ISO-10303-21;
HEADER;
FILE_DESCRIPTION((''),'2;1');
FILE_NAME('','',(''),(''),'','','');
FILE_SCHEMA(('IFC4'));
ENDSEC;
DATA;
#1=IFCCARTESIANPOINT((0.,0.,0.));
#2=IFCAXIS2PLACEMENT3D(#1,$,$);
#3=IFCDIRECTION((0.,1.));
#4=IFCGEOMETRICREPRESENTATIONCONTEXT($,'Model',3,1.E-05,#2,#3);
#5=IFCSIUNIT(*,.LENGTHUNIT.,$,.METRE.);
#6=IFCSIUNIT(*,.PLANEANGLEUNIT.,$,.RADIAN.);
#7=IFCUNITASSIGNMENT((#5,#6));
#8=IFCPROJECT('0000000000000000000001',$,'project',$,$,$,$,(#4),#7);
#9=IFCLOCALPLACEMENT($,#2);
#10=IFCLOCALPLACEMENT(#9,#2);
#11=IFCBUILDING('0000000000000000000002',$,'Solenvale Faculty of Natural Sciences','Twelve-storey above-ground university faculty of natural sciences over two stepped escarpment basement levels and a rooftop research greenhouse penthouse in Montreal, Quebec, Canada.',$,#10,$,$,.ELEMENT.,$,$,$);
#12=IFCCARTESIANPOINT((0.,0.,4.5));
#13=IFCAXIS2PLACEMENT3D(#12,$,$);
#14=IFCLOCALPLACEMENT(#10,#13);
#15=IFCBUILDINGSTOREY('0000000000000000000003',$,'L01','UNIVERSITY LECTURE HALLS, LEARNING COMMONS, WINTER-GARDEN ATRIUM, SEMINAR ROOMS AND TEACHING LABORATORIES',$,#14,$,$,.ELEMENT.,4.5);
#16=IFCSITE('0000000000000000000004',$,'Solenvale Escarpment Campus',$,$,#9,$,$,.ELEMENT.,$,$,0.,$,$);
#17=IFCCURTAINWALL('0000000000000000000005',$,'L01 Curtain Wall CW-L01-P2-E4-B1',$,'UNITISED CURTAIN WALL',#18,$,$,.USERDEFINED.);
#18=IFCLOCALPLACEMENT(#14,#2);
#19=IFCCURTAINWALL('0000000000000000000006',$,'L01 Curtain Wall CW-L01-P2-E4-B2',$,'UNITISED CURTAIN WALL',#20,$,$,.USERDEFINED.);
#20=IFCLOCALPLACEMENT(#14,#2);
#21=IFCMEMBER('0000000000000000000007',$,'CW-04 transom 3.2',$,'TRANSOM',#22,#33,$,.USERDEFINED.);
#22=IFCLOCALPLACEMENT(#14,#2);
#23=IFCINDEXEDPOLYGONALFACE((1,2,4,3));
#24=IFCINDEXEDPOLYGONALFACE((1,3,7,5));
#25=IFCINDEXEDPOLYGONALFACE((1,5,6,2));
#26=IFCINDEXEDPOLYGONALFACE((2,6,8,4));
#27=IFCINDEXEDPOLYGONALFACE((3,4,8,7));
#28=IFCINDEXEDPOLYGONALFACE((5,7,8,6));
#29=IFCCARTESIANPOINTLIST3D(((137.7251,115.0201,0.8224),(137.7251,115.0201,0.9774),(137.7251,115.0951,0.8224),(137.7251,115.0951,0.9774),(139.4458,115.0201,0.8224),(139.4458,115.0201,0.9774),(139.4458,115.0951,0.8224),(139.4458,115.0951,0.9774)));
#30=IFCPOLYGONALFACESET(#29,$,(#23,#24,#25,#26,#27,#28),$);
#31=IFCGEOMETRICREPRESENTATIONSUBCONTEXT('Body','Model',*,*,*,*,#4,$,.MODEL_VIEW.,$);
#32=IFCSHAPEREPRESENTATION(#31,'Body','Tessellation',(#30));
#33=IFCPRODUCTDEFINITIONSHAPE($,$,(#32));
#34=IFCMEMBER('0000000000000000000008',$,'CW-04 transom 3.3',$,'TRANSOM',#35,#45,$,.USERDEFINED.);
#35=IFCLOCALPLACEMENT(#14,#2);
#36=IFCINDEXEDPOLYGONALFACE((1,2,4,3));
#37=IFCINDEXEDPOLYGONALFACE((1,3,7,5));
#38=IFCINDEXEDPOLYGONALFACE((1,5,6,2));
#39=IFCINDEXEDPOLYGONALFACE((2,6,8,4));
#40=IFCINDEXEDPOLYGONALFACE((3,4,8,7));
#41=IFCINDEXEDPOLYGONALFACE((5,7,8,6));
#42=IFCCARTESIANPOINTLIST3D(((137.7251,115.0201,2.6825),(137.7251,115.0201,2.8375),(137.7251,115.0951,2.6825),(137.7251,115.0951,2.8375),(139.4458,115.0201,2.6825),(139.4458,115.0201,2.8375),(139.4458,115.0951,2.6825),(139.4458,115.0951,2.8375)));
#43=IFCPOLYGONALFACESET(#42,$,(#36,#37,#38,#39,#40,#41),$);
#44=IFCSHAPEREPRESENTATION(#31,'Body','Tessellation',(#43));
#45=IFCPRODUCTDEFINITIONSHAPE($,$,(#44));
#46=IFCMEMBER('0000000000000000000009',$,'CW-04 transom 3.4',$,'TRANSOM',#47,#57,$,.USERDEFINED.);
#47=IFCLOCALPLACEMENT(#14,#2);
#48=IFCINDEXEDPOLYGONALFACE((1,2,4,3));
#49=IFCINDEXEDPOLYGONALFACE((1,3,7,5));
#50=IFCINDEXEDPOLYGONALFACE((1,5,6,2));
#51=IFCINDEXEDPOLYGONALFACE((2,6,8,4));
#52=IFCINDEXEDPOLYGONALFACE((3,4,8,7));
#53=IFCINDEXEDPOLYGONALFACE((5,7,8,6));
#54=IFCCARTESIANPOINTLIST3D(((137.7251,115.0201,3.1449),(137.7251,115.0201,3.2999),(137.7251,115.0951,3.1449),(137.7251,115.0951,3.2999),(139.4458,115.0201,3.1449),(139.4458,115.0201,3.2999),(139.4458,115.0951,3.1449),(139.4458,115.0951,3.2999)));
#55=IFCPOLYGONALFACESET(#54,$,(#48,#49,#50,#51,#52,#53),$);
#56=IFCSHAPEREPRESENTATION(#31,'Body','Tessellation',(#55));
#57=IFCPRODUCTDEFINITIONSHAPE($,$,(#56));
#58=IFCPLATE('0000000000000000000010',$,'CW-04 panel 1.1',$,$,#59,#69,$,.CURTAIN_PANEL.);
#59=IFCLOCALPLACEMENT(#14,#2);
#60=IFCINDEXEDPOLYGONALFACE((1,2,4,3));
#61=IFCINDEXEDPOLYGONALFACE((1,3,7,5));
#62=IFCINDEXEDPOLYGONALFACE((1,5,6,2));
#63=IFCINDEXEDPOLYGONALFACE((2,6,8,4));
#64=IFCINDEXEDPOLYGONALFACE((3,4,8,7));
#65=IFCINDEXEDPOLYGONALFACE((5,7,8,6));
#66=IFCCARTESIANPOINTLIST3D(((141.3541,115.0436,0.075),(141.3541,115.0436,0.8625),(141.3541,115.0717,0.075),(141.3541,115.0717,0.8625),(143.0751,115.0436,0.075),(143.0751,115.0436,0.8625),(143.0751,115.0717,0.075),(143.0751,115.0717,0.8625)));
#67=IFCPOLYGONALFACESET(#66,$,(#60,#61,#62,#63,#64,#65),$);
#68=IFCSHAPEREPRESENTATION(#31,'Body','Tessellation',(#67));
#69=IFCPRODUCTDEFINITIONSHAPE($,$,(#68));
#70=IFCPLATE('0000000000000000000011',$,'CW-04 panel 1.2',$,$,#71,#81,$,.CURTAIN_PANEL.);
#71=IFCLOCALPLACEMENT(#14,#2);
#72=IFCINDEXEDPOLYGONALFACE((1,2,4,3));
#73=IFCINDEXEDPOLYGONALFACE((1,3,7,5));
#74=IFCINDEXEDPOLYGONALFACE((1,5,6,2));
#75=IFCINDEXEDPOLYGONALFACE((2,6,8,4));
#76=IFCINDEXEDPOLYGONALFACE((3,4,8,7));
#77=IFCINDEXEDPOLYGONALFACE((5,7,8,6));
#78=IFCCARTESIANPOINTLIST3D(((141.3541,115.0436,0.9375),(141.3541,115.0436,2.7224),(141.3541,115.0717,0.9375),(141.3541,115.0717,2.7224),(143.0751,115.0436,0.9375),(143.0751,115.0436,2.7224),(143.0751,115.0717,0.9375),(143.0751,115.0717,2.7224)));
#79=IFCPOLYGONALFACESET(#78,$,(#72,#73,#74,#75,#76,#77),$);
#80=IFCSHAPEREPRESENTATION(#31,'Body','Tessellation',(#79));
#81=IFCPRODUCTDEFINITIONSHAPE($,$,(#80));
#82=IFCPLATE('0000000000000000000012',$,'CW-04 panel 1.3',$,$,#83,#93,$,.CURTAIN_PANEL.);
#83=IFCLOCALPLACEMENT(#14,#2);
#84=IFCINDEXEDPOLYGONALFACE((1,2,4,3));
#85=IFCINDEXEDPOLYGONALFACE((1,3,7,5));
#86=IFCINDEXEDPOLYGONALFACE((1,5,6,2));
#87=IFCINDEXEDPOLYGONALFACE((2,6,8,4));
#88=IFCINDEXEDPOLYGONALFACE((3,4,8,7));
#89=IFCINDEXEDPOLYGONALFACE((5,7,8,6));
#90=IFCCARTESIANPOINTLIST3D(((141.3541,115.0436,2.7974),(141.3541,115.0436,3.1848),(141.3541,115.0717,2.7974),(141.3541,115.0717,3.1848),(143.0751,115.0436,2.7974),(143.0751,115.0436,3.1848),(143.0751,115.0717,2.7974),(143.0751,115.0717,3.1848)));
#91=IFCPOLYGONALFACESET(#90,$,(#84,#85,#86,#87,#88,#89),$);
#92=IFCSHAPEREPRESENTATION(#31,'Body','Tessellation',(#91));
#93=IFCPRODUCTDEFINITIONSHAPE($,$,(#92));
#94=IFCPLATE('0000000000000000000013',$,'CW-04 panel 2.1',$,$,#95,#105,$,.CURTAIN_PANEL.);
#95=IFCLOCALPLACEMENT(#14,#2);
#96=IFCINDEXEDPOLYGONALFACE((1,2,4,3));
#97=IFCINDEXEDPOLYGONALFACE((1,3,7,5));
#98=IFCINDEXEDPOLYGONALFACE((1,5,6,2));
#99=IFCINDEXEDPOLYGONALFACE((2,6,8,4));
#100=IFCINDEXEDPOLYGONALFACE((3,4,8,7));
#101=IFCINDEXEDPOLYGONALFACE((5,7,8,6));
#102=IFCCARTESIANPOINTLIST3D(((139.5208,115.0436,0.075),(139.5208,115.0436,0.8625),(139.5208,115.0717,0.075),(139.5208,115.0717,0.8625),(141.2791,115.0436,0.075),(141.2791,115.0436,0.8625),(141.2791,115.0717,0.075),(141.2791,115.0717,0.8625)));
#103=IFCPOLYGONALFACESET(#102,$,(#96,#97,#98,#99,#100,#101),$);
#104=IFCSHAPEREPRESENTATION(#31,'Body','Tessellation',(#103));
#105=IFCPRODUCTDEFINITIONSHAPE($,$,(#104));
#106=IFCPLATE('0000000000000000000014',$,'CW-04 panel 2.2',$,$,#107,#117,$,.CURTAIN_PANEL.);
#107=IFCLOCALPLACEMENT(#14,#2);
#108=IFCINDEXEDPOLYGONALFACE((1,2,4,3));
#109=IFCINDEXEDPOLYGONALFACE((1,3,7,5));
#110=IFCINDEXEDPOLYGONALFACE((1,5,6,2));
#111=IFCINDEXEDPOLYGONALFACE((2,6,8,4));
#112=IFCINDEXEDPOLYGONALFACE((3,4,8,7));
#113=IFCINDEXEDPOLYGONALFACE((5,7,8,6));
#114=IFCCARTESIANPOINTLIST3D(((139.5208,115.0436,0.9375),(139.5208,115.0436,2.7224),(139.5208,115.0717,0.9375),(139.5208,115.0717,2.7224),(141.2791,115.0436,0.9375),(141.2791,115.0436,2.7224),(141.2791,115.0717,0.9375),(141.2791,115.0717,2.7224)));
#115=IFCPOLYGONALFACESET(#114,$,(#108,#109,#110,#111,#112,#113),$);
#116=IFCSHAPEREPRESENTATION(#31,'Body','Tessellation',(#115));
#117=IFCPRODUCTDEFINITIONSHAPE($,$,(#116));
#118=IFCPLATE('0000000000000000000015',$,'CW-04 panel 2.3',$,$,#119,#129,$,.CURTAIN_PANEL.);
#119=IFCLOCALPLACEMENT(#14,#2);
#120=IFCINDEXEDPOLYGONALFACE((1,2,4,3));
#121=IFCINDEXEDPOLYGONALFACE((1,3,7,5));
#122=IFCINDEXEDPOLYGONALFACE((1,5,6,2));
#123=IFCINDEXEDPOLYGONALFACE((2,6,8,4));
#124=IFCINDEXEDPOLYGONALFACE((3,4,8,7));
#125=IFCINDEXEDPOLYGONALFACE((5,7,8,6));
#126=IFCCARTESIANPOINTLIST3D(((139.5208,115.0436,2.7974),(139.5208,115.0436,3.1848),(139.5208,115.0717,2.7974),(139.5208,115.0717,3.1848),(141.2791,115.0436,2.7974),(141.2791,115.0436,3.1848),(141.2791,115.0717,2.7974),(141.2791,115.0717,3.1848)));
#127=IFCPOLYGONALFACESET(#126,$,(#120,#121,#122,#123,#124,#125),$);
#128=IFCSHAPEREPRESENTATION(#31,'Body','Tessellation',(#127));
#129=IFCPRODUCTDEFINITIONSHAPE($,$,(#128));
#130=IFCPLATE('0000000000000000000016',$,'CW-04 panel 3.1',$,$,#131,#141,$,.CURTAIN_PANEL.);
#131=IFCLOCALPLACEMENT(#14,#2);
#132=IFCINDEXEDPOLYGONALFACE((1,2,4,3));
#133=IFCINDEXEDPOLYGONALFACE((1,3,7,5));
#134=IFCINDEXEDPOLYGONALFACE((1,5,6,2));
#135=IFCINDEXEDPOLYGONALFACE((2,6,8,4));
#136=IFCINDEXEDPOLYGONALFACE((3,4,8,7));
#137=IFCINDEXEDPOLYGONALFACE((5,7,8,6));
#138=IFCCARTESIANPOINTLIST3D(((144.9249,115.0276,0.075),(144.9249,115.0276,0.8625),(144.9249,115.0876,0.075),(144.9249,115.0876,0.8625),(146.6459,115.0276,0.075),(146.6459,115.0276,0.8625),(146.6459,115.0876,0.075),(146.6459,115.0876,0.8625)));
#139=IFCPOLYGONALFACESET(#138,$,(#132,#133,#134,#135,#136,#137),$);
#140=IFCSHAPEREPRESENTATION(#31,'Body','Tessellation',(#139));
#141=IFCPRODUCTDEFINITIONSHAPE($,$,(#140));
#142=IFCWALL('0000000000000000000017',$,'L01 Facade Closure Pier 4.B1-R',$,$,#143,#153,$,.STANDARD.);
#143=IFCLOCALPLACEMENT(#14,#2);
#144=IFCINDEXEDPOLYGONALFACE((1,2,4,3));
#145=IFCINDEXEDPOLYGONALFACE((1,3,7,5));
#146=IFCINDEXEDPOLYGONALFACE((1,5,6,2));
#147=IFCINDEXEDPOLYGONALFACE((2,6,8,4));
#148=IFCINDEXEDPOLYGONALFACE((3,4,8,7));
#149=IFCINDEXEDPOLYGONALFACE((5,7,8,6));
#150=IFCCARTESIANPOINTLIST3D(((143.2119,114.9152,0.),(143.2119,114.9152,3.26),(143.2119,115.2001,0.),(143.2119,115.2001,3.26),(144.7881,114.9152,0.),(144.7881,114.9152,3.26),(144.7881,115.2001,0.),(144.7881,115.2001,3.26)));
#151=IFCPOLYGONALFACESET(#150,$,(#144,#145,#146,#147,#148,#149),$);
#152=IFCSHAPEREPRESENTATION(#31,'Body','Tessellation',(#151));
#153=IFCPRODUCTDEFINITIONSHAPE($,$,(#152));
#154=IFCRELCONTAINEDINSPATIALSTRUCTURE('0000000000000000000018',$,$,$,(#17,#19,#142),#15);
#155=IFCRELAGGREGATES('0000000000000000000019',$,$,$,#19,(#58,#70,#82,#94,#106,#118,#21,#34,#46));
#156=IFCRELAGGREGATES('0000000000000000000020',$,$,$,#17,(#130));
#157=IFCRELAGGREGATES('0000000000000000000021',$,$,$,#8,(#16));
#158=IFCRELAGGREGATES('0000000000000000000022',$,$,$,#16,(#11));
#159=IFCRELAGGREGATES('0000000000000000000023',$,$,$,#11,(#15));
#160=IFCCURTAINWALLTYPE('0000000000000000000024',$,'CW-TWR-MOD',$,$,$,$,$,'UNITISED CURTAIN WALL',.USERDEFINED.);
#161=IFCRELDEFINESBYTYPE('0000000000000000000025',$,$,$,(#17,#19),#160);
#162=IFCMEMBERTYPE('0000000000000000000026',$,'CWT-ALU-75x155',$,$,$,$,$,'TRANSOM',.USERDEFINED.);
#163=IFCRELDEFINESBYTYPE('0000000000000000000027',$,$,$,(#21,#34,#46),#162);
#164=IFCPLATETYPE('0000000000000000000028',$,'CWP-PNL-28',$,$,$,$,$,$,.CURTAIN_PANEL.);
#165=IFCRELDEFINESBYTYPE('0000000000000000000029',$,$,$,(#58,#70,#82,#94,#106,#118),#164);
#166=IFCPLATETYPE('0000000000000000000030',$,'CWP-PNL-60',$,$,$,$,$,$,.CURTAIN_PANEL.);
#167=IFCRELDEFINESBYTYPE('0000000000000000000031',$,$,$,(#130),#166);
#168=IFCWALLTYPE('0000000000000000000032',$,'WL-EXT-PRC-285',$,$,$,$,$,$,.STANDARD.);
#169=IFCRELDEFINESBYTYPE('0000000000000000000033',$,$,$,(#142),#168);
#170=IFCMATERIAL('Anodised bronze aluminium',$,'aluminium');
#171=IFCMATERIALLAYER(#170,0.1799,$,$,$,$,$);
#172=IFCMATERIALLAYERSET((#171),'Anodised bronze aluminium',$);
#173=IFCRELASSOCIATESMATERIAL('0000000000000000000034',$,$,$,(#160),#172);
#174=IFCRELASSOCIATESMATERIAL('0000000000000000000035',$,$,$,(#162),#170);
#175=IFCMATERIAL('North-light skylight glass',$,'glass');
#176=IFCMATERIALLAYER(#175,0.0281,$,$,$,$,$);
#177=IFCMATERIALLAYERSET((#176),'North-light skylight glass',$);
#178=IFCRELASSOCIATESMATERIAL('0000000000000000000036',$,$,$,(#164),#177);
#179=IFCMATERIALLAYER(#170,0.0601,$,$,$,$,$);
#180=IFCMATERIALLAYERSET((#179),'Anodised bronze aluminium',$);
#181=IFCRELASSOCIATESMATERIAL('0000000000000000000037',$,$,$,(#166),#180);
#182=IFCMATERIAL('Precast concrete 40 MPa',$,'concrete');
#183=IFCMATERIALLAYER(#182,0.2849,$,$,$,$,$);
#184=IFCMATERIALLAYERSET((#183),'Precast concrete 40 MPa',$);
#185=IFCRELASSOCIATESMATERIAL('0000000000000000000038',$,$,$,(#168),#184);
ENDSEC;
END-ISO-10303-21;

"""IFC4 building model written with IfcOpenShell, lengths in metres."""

from ifc_helpers import new_model, si_unit, direction, frame, frame_2d, origin, origin_2d, place, context, subcontext, project, spatial, rectangle, extrude, material, layer, layer_set, material_profile, profile_set, type_object, element, aggregate, save


model = new_model("IFC4")

# Units and contexts
model_context = context("Model", 3, precision=1e-05, world=origin(), true_north=direction((0.0, 1.0)))
body_context = subcontext(model_context, "Body", "Model", "MODEL_VIEW")
ifc_project = project(units=[si_unit("LENGTHUNIT", "METRE"), si_unit("PLANEANGLEUNIT", "RADIAN")], contexts=[model_context])

# Site, building, storey
site_placement = place(None, origin())
site = spatial("IfcSite", under=ifc_project, at=site_placement, Name="Solenvale Escarpment Campus", CompositionType="ELEMENT", RefElevation=0.0)
building_placement = place(site_placement, origin())
building = spatial("IfcBuilding", under=site, at=building_placement, Name="Solenvale Faculty of Natural Sciences", Description="Twelve-storey above-ground university faculty of natural sciences over two stepped escarpment basement levels and a rooftop research greenhouse penthouse in Montreal, Quebec, Canada.", CompositionType="ELEMENT")
storey_placement = place(building_placement, frame((0.0, 0.0, 4.5)))
storey = spatial("IfcBuildingStorey", under=building, at=storey_placement, Name="L01", Description="UNIVERSITY LECTURE HALLS, LEARNING COMMONS, WINTER-GARDEN ATRIUM, SEMINAR ROOMS AND TEACHING LABORATORIES", CompositionType="ELEMENT", Elevation=4.5)

# Shared definitions
ifc_material_1 = material(Name="Precast concrete 40 MPa", Category="concrete")

# Curtain wall
ifc_material_2 = material(Name="Anodised bronze aluminium", Category="aluminium")
ifc_layer_1 = layer(ifc_material_2, 0.1799)
ifc_layer_set_1 = layer_set([ifc_layer_1], Name="Anodised bronze aluminium")
curtain_wall_type = type_object("IfcCurtainWallType", Name="CW-TWR-MOD", ElementType="UNITISED CURTAIN WALL", PredefinedType="USERDEFINED", material=ifc_layer_set_1)
curtain_wall_1_placement = place(storey_placement, origin())
curtain_wall_1 = element("IfcCurtainWall", 1, at=curtain_wall_1_placement, inside=storey, type_object=curtain_wall_type, Name="L01 Curtain Wall CW-L01-P2-E4-B1", ObjectType="UNITISED CURTAIN WALL", PredefinedType="USERDEFINED")

# Curtain wall, members, plates
curtain_wall_2_placement = place(storey_placement, origin())
curtain_wall_2 = element("IfcCurtainWall", 2, at=curtain_wall_2_placement, inside=storey, type_object=curtain_wall_type, Name="L01 Curtain Wall CW-L01-P2-E4-B2", ObjectType="UNITISED CURTAIN WALL", PredefinedType="USERDEFINED")
ifc_material_profile_1 = material_profile(ifc_material_2, rectangle(XDim=0.075, YDim=0.155, at=origin_2d()), Name="ALU-TRN-75x155")
ifc_profile_set_1 = profile_set([ifc_material_profile_1], Name="Anodised bronze aluminium")
member_type_1 = type_object("IfcMemberType", Name="CWT-ALU-75x155", ElementType="TRANSOM", PredefinedType="USERDEFINED", material=ifc_profile_set_1)
member_1_placement = place(storey_placement, frame((139.4458, 115.0576, 0.8999), z_axis=(-1.0, 0.0, 0.0), x_axis=(0.0, -1.0, 0.0)))
member_1 = element("IfcMember", 3, at=member_1_placement, type_object=member_type_1, Name="CW-04 transom 3.2", ObjectType="TRANSOM", PredefinedType="USERDEFINED", context=body_context, shape_type="SweptSolid", body=[
    extrude(rectangle(XDim=0.075, YDim=0.155, at=origin_2d()), origin(), (0.0, 0.0, 1.0), 1.7207),
])
member_2_placement = place(storey_placement, frame((139.4458, 115.0576, 2.76), z_axis=(-1.0, 0.0, 0.0), x_axis=(0.0, -1.0, 0.0)))
member_2 = element("IfcMember", 4, at=member_2_placement, type_object=member_type_1, Name="CW-04 transom 3.3", ObjectType="TRANSOM", PredefinedType="USERDEFINED", context=body_context, shape_type="SweptSolid", body=[
    extrude(rectangle(XDim=0.075, YDim=0.155, at=origin_2d()), origin(), (0.0, 0.0, 1.0), 1.7207),
])
member_3_placement = place(storey_placement, frame((139.4458, 115.0576, 3.2224), z_axis=(-1.0, 0.0, 0.0), x_axis=(0.0, -1.0, 0.0)))
member_3 = element("IfcMember", 5, at=member_3_placement, type_object=member_type_1, Name="CW-04 transom 3.4", ObjectType="TRANSOM", PredefinedType="USERDEFINED", context=body_context, shape_type="SweptSolid", body=[
    extrude(rectangle(XDim=0.075, YDim=0.155, at=origin_2d()), origin(), (0.0, 0.0, 1.0), 1.7207),
])
ifc_material_3 = material(Name="North-light skylight glass", Category="glass")
ifc_layer_2 = layer(ifc_material_3, 0.0281)
ifc_layer_set_2 = layer_set([ifc_layer_2], Name="North-light skylight glass")
plate_type_1 = type_object("IfcPlateType", Name="CWP-PNL-28", PredefinedType="CURTAIN_PANEL", material=ifc_layer_set_2)
plate_1_placement = place(storey_placement, frame((142.2146, 115.0576, 0.075), z_axis=(0.0, 0.0, 1.0), x_axis=(-1.0, 0.0, 0.0)))
plate_1 = element("IfcPlate", 6, at=plate_1_placement, type_object=plate_type_1, Name="CW-04 panel 1.1", PredefinedType="CURTAIN_PANEL", context=body_context, shape_type="SweptSolid", body=[
    extrude(rectangle(XDim=1.7209, YDim=0.0281, at=origin_2d()), origin(), (0.0, 0.0, 1.0), 0.7876),
])
plate_2_placement = place(storey_placement, frame((142.2146, 115.0576, 0.9375), z_axis=(0.0, 0.0, 1.0), x_axis=(-1.0, 0.0, 0.0)))
plate_2 = element("IfcPlate", 7, at=plate_2_placement, type_object=plate_type_1, Name="CW-04 panel 1.2", PredefinedType="CURTAIN_PANEL", context=body_context, shape_type="SweptSolid", body=[
    extrude(rectangle(XDim=1.7209, YDim=0.0281, at=origin_2d()), origin(), (0.0, 0.0, 1.0), 1.7849),
])
plate_3_placement = place(storey_placement, frame((142.2146, 115.0576, 2.7974), z_axis=(0.0, 0.0, 1.0), x_axis=(-1.0, 0.0, 0.0)))
plate_3 = element("IfcPlate", 8, at=plate_3_placement, type_object=plate_type_1, Name="CW-04 panel 1.3", PredefinedType="CURTAIN_PANEL", context=body_context, shape_type="SweptSolid", body=[
    extrude(rectangle(XDim=1.7209, YDim=0.0281, at=origin_2d()), origin(), (0.0, 0.0, 1.0), 0.3875),
])
plate_4_placement = place(storey_placement, frame((140.3999, 115.0576, 0.075), z_axis=(0.0, 0.0, 1.0), x_axis=(-1.0, 0.0, 0.0)))
plate_4 = element("IfcPlate", 9, at=plate_4_placement, type_object=plate_type_1, Name="CW-04 panel 2.1", PredefinedType="CURTAIN_PANEL", context=body_context, shape_type="SweptSolid", body=[
    extrude(rectangle(XDim=1.7583, YDim=0.0281, at=origin_2d()), origin(), (0.0, 0.0, 1.0), 0.7876),
])
plate_5_placement = place(storey_placement, frame((140.3999, 115.0576, 0.9375), z_axis=(0.0, 0.0, 1.0), x_axis=(-1.0, 0.0, 0.0)))
plate_5 = element("IfcPlate", 10, at=plate_5_placement, type_object=plate_type_1, Name="CW-04 panel 2.2", PredefinedType="CURTAIN_PANEL", context=body_context, shape_type="SweptSolid", body=[
    extrude(rectangle(XDim=1.7583, YDim=0.0281, at=origin_2d()), origin(), (0.0, 0.0, 1.0), 1.7849),
])
plate_6_placement = place(storey_placement, frame((140.3999, 115.0576, 2.7974), z_axis=(0.0, 0.0, 1.0), x_axis=(-1.0, 0.0, 0.0)))
plate_6 = element("IfcPlate", 11, at=plate_6_placement, type_object=plate_type_1, Name="CW-04 panel 2.3", PredefinedType="CURTAIN_PANEL", context=body_context, shape_type="SweptSolid", body=[
    extrude(rectangle(XDim=1.7583, YDim=0.0281, at=origin_2d()), origin(), (0.0, 0.0, 1.0), 0.3875),
])
aggregate(curtain_wall_2, [plate_1, plate_2, plate_3, plate_4, plate_5, plate_6, member_1, member_2, member_3])

# Plate
ifc_layer_3 = layer(ifc_material_2, 0.0601)
ifc_layer_set_3 = layer_set([ifc_layer_3], Name="Anodised bronze aluminium")
plate_type_2 = type_object("IfcPlateType", Name="CWP-PNL-60", PredefinedType="CURTAIN_PANEL", material=ifc_layer_set_3)
plate_7_placement = place(storey_placement, frame((145.7854, 115.0576, 0.075), z_axis=(0.0, 0.0, 1.0), x_axis=(-1.0, 0.0, 0.0)))
plate_7 = element("IfcPlate", 12, at=plate_7_placement, type_object=plate_type_2, Name="CW-04 panel 3.1", PredefinedType="CURTAIN_PANEL", context=body_context, shape_type="SweptSolid", body=[
    extrude(rectangle(XDim=1.7209, YDim=0.0601, at=origin_2d()), origin(), (0.0, 0.0, 1.0), 0.7876),
])
aggregate(curtain_wall_1, [plate_7])

# Wall
ifc_layer_4 = layer(ifc_material_1, 0.2849)
ifc_layer_set_4 = layer_set([ifc_layer_4], Name="Precast concrete 40 MPa")
wall_type = type_object("IfcWallType", Name="WL-EXT-PRC-285", PredefinedType="STANDARD", material=ifc_layer_set_4)
wall_placement = place(storey_placement, frame((144.7881, 115.0576, 0.0), z_axis=(0.0, 0.0, 1.0), x_axis=(-1.0, 0.0, 0.0)))
element("IfcWall", 13, at=wall_placement, inside=storey, type_object=wall_type, Name="L01 Facade Closure Pier 4.B1-R", PredefinedType="STANDARD", context=body_context, shape_type="SweptSolid", body=[
    extrude(rectangle(XDim=1.5762, YDim=0.2849, at=frame_2d((0.7881, 0.0))), origin(), (0.0, 0.0, 1.0), 3.26),
])

save(model, "model.ifc")
